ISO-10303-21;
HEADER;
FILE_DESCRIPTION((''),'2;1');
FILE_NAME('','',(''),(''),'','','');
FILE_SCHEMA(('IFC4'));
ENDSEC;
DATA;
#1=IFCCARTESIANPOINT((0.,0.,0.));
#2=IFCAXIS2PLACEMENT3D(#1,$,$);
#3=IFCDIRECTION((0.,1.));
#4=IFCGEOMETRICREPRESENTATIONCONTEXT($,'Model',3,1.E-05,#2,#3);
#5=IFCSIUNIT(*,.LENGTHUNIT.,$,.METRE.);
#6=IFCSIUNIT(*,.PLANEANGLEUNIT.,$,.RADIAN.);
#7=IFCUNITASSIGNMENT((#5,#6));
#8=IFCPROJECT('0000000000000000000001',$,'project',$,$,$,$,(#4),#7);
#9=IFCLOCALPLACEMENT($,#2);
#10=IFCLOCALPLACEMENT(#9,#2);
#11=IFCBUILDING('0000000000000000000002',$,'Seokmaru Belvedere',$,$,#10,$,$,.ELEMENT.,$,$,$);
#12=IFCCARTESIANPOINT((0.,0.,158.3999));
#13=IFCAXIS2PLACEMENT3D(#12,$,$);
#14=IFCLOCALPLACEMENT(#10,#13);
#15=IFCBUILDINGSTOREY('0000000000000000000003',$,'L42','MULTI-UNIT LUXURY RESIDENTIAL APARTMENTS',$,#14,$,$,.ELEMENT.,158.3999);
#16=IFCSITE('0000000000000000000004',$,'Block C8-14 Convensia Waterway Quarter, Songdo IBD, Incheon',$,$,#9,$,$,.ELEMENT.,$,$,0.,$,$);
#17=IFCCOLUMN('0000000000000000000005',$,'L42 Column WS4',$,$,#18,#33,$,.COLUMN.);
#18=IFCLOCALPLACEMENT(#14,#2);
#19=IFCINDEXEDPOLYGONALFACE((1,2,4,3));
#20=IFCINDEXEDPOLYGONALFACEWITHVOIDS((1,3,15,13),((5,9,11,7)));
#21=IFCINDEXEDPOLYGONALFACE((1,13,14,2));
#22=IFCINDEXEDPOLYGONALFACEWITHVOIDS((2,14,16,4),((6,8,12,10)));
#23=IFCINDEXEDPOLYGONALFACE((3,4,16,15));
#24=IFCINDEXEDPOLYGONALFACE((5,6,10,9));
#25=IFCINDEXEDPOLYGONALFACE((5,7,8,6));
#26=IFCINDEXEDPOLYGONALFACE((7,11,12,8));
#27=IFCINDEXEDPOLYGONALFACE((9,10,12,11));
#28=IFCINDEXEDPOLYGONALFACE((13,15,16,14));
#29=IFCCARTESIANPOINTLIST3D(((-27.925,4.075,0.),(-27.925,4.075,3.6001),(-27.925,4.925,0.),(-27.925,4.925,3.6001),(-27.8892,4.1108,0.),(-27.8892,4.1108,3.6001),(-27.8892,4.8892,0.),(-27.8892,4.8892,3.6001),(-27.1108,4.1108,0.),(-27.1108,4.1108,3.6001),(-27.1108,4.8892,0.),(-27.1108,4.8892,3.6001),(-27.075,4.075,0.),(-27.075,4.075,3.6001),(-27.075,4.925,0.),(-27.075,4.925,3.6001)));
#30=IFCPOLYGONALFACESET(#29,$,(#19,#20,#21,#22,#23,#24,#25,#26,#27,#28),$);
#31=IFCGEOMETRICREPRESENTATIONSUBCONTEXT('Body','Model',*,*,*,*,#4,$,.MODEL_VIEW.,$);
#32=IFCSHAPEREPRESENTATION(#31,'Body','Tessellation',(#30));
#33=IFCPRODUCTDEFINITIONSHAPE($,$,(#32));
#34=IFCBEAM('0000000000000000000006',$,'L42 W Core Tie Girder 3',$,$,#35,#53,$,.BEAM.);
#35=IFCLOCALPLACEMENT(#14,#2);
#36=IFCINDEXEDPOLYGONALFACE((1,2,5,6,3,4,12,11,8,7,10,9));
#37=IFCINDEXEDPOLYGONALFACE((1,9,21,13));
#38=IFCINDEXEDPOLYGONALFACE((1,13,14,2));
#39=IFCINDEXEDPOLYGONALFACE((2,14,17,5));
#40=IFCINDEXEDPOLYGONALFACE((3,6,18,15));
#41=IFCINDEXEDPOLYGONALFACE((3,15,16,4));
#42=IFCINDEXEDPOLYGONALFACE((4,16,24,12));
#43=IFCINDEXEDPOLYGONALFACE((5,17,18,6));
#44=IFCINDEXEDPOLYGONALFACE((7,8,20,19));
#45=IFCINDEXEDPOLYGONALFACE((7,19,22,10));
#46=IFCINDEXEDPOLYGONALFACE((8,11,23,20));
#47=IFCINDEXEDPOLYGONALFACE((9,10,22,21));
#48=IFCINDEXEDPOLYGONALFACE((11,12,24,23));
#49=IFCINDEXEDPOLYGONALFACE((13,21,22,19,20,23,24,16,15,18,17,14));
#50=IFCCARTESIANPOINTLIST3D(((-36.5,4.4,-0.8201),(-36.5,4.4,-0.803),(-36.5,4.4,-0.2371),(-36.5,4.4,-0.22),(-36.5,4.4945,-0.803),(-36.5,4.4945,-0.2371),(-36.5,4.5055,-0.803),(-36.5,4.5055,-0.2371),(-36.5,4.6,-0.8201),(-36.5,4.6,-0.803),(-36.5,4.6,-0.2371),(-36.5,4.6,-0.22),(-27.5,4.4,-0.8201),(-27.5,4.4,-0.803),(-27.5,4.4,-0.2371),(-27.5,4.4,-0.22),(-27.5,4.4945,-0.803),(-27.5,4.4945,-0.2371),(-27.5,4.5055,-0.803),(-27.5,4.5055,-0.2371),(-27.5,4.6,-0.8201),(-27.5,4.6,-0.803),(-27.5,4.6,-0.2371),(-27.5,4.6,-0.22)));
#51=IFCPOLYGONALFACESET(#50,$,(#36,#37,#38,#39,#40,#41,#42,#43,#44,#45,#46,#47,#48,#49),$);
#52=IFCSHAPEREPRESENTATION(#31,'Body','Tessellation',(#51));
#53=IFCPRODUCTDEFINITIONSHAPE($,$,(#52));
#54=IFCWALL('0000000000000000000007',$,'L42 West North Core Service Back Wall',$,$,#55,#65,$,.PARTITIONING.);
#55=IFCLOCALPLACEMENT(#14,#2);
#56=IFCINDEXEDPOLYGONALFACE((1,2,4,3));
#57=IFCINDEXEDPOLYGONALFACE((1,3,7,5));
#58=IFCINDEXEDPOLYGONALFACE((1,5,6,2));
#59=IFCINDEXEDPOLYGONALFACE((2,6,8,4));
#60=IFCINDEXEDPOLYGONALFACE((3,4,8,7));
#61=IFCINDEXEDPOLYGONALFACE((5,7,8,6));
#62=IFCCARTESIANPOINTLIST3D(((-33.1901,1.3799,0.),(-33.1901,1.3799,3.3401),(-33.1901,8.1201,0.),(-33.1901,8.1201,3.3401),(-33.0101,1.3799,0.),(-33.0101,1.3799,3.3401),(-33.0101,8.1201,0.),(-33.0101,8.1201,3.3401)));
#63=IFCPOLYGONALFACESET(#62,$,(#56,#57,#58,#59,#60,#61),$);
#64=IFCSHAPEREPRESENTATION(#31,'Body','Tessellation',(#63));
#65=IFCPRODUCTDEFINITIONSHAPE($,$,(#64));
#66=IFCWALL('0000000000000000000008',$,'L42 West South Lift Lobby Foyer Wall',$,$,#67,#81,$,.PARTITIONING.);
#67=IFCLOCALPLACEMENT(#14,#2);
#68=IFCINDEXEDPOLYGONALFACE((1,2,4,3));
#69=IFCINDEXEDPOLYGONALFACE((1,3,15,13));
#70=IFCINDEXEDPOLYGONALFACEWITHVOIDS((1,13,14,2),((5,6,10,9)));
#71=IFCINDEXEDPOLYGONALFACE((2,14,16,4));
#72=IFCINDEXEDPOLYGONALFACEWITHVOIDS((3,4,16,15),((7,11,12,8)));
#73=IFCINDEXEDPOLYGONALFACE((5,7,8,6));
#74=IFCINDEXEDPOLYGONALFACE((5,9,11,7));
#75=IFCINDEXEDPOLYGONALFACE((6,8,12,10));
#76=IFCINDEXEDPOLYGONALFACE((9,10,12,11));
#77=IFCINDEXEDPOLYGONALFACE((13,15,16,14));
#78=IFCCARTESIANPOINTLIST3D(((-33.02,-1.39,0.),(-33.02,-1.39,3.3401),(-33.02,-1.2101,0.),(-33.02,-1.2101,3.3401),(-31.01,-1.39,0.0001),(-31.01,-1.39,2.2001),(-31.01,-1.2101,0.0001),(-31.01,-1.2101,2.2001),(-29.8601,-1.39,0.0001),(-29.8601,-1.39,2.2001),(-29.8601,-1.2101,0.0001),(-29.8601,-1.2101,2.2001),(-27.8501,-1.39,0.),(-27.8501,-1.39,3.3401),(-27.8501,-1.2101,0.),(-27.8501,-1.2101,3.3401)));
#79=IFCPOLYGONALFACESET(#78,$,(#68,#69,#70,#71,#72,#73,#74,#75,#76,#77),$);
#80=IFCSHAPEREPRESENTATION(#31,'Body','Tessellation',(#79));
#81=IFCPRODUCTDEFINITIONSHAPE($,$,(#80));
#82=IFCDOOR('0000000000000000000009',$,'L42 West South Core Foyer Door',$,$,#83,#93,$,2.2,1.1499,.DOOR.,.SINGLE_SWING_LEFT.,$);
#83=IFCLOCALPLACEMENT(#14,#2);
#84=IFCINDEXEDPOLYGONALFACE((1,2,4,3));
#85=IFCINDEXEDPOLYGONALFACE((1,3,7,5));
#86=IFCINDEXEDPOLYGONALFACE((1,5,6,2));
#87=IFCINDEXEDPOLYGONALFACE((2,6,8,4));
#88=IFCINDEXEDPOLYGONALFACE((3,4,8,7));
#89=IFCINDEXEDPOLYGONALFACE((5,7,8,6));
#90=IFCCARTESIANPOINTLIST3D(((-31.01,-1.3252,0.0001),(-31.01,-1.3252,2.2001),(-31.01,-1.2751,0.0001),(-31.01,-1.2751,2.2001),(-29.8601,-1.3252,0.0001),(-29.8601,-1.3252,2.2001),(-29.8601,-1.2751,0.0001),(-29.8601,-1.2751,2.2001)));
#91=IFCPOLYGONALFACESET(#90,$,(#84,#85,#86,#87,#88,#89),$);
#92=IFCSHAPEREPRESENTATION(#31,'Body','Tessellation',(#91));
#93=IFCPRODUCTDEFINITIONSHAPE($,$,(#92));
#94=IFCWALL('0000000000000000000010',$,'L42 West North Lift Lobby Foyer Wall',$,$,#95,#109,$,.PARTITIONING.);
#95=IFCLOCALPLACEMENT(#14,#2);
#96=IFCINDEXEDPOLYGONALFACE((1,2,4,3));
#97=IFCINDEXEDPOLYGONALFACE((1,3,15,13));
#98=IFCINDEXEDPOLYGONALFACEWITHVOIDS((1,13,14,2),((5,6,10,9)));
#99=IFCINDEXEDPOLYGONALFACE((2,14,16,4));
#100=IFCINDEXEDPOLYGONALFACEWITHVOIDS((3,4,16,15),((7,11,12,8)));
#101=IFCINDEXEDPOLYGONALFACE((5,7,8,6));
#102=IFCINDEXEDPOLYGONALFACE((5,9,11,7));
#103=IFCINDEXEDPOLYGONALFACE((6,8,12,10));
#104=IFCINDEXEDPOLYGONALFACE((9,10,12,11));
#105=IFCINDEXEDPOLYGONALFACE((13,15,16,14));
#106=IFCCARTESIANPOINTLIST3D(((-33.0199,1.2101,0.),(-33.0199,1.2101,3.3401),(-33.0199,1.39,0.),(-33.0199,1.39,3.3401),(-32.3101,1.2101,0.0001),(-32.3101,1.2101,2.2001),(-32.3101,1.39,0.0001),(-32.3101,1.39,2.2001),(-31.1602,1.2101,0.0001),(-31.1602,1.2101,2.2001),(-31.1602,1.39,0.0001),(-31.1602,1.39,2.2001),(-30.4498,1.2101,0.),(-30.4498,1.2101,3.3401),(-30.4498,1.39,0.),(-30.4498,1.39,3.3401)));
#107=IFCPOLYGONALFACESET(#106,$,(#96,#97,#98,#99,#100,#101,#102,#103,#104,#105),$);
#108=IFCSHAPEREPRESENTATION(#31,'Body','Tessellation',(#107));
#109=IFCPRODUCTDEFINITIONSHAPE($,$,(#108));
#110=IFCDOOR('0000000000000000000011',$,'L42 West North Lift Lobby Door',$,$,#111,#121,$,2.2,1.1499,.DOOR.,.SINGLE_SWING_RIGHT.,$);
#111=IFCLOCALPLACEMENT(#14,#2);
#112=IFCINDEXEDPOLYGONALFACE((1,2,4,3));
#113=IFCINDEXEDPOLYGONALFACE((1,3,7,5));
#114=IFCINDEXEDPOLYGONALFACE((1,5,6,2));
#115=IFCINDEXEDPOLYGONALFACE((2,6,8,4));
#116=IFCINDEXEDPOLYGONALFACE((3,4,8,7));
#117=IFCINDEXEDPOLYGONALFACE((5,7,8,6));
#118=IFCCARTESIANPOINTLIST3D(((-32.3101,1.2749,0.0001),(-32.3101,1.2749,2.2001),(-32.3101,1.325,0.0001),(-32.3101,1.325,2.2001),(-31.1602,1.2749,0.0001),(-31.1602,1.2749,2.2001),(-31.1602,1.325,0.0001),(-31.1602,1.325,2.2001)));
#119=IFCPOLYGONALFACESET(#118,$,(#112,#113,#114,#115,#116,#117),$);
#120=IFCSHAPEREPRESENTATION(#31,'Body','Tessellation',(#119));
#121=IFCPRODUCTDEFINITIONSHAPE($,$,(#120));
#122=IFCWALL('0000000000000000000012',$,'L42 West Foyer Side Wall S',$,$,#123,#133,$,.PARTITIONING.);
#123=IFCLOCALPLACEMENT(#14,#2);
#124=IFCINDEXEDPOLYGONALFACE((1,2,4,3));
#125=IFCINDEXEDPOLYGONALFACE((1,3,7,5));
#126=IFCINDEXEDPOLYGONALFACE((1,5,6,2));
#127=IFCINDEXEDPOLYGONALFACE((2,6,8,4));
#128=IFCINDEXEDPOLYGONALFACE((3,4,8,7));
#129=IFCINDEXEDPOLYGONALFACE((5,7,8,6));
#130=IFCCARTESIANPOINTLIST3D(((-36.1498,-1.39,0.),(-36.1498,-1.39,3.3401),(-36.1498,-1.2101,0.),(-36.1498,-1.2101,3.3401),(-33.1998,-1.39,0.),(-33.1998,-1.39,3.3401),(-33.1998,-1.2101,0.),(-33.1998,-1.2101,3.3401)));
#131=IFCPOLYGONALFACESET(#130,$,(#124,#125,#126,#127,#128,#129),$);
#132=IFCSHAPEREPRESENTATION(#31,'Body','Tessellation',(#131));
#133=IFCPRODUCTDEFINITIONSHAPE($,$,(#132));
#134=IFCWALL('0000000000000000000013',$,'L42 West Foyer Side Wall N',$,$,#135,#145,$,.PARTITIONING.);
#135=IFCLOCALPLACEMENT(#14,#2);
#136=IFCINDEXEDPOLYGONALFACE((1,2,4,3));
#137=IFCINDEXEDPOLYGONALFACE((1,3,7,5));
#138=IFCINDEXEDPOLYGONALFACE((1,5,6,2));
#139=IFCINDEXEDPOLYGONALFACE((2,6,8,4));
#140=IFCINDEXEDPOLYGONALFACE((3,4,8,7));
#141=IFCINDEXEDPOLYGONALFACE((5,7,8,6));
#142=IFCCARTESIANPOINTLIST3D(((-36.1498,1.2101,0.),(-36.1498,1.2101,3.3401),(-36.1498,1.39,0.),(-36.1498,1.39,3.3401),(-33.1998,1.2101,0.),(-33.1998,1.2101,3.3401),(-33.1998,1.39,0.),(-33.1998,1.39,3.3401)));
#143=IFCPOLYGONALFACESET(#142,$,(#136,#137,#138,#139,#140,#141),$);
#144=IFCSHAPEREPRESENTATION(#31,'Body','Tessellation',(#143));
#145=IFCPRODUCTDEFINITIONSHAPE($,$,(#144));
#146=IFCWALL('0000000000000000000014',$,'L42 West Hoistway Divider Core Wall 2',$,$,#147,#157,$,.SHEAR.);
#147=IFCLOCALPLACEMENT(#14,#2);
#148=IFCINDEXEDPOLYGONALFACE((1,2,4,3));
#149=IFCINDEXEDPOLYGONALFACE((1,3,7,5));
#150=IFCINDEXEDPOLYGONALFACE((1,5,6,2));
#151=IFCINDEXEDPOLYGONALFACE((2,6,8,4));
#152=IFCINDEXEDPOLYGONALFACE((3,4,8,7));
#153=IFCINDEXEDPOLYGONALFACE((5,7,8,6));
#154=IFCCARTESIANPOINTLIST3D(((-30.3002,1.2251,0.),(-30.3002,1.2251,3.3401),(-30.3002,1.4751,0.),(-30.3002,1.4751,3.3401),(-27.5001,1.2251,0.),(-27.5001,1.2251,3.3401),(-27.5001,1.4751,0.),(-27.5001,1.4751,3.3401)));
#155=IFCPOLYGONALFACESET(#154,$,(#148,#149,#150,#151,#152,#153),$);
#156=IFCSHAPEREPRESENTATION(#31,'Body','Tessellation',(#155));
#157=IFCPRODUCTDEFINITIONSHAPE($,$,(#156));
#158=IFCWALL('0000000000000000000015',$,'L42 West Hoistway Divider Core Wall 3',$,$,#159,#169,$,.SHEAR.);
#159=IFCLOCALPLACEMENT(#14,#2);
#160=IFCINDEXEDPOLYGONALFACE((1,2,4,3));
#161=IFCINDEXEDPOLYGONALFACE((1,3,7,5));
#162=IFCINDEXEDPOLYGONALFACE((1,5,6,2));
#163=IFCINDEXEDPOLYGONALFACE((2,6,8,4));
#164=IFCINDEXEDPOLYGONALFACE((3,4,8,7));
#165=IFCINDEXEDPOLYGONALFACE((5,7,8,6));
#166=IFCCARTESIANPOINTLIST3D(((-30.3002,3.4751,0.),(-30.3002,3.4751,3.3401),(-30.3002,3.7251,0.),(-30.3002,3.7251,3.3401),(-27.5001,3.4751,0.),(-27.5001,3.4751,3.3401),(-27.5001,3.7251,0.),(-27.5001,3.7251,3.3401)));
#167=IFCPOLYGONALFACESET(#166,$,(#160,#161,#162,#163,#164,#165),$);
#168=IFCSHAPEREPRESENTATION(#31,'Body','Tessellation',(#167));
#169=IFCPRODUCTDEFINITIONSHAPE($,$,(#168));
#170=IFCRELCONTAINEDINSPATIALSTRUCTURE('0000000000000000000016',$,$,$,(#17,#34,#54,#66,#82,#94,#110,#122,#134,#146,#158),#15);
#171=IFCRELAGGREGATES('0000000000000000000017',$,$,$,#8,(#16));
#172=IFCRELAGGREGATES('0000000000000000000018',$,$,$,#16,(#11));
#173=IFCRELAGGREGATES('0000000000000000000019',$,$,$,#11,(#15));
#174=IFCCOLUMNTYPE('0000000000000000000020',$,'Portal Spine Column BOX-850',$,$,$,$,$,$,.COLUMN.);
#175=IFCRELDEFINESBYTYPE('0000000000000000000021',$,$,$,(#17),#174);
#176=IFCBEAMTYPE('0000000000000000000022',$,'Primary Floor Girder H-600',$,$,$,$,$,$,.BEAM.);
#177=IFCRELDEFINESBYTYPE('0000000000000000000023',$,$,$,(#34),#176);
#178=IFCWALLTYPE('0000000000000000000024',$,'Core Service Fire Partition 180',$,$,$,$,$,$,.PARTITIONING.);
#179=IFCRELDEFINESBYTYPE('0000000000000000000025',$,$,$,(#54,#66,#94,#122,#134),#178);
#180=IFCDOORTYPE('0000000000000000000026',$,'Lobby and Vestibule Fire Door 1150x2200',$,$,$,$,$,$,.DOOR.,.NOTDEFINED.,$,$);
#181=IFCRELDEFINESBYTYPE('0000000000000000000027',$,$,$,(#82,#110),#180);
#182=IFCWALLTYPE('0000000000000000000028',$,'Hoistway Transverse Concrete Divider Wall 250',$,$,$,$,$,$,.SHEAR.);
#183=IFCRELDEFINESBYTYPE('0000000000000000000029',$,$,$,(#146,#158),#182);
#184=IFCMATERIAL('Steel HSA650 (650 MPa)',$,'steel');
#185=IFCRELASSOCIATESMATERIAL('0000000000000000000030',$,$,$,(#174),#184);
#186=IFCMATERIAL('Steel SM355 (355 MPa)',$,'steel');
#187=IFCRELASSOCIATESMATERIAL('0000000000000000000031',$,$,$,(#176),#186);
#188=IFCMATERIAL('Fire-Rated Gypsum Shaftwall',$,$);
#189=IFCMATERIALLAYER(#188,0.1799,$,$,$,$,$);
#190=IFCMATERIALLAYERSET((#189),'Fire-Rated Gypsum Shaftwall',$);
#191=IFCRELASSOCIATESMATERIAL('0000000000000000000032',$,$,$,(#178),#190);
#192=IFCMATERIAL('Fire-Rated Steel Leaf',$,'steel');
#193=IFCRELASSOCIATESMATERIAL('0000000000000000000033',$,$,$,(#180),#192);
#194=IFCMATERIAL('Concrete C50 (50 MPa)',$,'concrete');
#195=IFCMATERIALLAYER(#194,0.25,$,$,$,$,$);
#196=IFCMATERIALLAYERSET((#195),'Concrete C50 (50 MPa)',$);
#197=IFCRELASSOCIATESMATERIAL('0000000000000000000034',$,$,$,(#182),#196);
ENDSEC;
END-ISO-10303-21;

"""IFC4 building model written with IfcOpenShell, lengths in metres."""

from ifc_helpers import new_model, si_unit, direction, frame, frame_2d, origin, origin_2d, place, context, subcontext, project, spatial, rectangle, hollow_rectangle, i_section, extrude, source, transform, mapped, material, layer, layer_set, material_profile, profile_set, type_object, type_shapes, element, fill, save


model = new_model("IFC4")

# Units and contexts
model_context = context("Model", 3, precision=1e-05, world=origin(), true_north=direction((0.0, 1.0)))
body_context = subcontext(model_context, "Body", "Model", "MODEL_VIEW")
ifc_project = project(units=[si_unit("LENGTHUNIT", "METRE"), si_unit("PLANEANGLEUNIT", "RADIAN")], contexts=[model_context])

# Site, building, storey
site_placement = place(None, origin())
site = spatial("IfcSite", under=ifc_project, at=site_placement, Name="Block C8-14 Convensia Waterway Quarter, Songdo IBD, Incheon", CompositionType="ELEMENT", RefElevation=0.0)
building_placement = place(site_placement, origin())
building = spatial("IfcBuilding", under=site, at=building_placement, Name="Seokmaru Belvedere", CompositionType="ELEMENT")
storey_placement = place(building_placement, frame((0.0, 0.0, 158.3999)))
storey = spatial("IfcBuildingStorey", under=building, at=storey_placement, Name="L42", Description="MULTI-UNIT LUXURY RESIDENTIAL APARTMENTS", CompositionType="ELEMENT", Elevation=158.3999)

# Column
ifc_material_1 = material(Name="Steel HSA650 (650 MPa)", Category="steel")
ifc_material_profile_1 = material_profile(ifc_material_1, hollow_rectangle(XDim=0.8501, YDim=0.8501, WallThickness=0.0359, at=origin_2d()), Name="BOX-850x850x36")
ifc_profile_set_1 = profile_set([ifc_material_profile_1], Name="Steel HSA650 (650 MPa)")
column_type = type_object("IfcColumnType", Name="Portal Spine Column BOX-850", PredefinedType="COLUMN", material=ifc_profile_set_1)
shared_shape_1 = source(origin(), body_context, "Body", "SweptSolid", [
    extrude(hollow_rectangle(XDim=0.8501, YDim=0.8501, WallThickness=0.0359, at=origin_2d()), origin(), (0.0, 0.0, 1.0), 3.6001),
])
type_shapes(column_type, [shared_shape_1])
column_placement = place(storey_placement, frame((-27.5, 4.5, 0.0), z_axis=(0.0, 0.0, 1.0), x_axis=(1.0, 0.0, 0.0)))
element("IfcColumn", 1, at=column_placement, inside=storey, type_object=column_type, Name="L42 Column WS4", PredefinedType="COLUMN", context=body_context, shape_type="MappedRepresentation", body=[
    mapped(shared_shape_1, transform((0.0, 0.0, 0.0), scale=1.0)),
])

# Beam
ifc_material_2 = material(Name="Steel SM355 (355 MPa)", Category="steel")
ifc_material_profile_2 = material_profile(ifc_material_2, i_section(OverallWidth=0.2, OverallDepth=0.6001, WebThickness=0.011, FlangeThickness=0.0171, at=origin_2d()), Name="H-600x200x11x17")
ifc_profile_set_2 = profile_set([ifc_material_profile_2], Name="Steel SM355 (355 MPa)")
beam_type = type_object("IfcBeamType", Name="Primary Floor Girder H-600", PredefinedType="BEAM", material=ifc_profile_set_2)
shared_shape_2 = source(origin(), body_context, "Body", "SweptSolid", [
    extrude(i_section(OverallWidth=0.2, OverallDepth=0.6001, WebThickness=0.011, FlangeThickness=0.0171, at=origin_2d()), origin(), (0.0, 0.0, 1.0), 9.0),
])
type_shapes(beam_type, [shared_shape_2])
beam_placement = place(storey_placement, frame((-36.5, 4.5, -0.52), z_axis=(1.0, 0.0, 0.0), x_axis=(0.0, 1.0, 0.0)))
element("IfcBeam", 2, at=beam_placement, inside=storey, type_object=beam_type, Name="L42 W Core Tie Girder 3", PredefinedType="BEAM", context=body_context, shape_type="MappedRepresentation", body=[
    mapped(shared_shape_2, transform((0.0, 0.0, 0.0), scale=1.0)),
])

# Wall
ifc_material_3 = material(Name="Fire-Rated Gypsum Shaftwall")
ifc_layer_1 = layer(ifc_material_3, 0.1799)
ifc_layer_set_1 = layer_set([ifc_layer_1], Name="Fire-Rated Gypsum Shaftwall")
wall_type_1 = type_object("IfcWallType", Name="Core Service Fire Partition 180", PredefinedType="PARTITIONING", material=ifc_layer_set_1)
wall_1_placement = place(storey_placement, frame((-33.1001, 1.3799, 0.0), z_axis=(0.0, 0.0, 1.0), x_axis=(0.0, 1.0, 0.0)))
element("IfcWall", 3, at=wall_1_placement, inside=storey, type_object=wall_type_1, Name="L42 West North Core Service Back Wall", PredefinedType="PARTITIONING", context=body_context, shape_type="SweptSolid", body=[
    extrude(rectangle(XDim=6.7402, YDim=0.1799, at=frame_2d((3.3701, 0.0))), origin(), (0.0, 0.0, 1.0), 3.3401),
])

# Walls, openings, doors
wall_2_placement = place(storey_placement, frame((-33.02, -1.3, 0.0), z_axis=(0.0, 0.0, 1.0), x_axis=(1.0, 0.0, 0.0)))
wall_2 = element("IfcWall", 4, at=wall_2_placement, inside=storey, type_object=wall_type_1, Name="L42 West South Lift Lobby Foyer Wall", PredefinedType="PARTITIONING", context=body_context, shape_type="SweptSolid", body=[
    extrude(rectangle(XDim=5.1699, YDim=0.1799, at=frame_2d((2.585, 0.0))), origin(), (0.0, 0.0, 1.0), 3.3401),
])
opening_1_placement = place(wall_2_placement, frame((2.01, 0.0, 0.0)))
opening_1 = element("IfcOpeningElement", 5, at=opening_1_placement, cuts=wall_2, PredefinedType="OPENING", context=body_context, shape_type="SweptSolid", body=[
    extrude(rectangle(XDim=1.1499, YDim=2.2, at=frame_2d((0.575, 1.1001))), frame((0.0, 0.1001, 0.0), z_axis=(0.0, -1.0, 0.0), x_axis=(1.0, 0.0, 0.0)), (0.0, 0.0, 1.0), 0.2),
])
ifc_material_4 = material(Name="Fire-Rated Steel Leaf", Category="steel")
door_type_1 = type_object("IfcDoorType", Name="Lobby and Vestibule Fire Door 1150x2200", OperationType="NOTDEFINED", PredefinedType="DOOR", material=ifc_material_4)
shared_shape_3 = source(origin(), body_context, "Body", "SweptSolid", [
    extrude(rectangle(XDim=1.1499, YDim=2.2, at=frame_2d((0.575, 1.1001))), frame((0.0, 0.0249, 0.0), z_axis=(0.0, -1.0, 0.0), x_axis=(1.0, 0.0, 0.0)), (0.0, 0.0, 1.0), 0.05),
])
type_shapes(door_type_1, [shared_shape_3])
door_1_placement = place(opening_1_placement, origin())
door_1 = element("IfcDoor", 6, at=door_1_placement, inside=storey, type_object=door_type_1, Name="L42 West South Core Foyer Door", OperationType="SINGLE_SWING_LEFT", OverallHeight=2.2, OverallWidth=1.1499, PredefinedType="DOOR", context=body_context, shape_type="MappedRepresentation", body=[
    mapped(shared_shape_3, transform((0.0, 0.0, 0.0), scale=1.0)),
])
fill(opening_1, door_1)
wall_3_placement = place(storey_placement, frame((-33.02, 1.3, 0.0), z_axis=(0.0, 0.0, 1.0), x_axis=(1.0, 0.0, 0.0)))
wall_3 = element("IfcWall", 7, at=wall_3_placement, inside=storey, type_object=wall_type_1, Name="L42 West North Lift Lobby Foyer Wall", PredefinedType="PARTITIONING", context=body_context, shape_type="SweptSolid", body=[
    extrude(rectangle(XDim=2.5701, YDim=0.1799, at=frame_2d((1.2852, 0.0))), origin(), (0.0, 0.0, 1.0), 3.3401),
])
opening_2_placement = place(wall_3_placement, frame((0.71, 0.0, 0.0)))
opening_2 = element("IfcOpeningElement", 8, at=opening_2_placement, cuts=wall_3, PredefinedType="OPENING", context=body_context, shape_type="SweptSolid", body=[
    extrude(rectangle(XDim=1.1499, YDim=2.2, at=frame_2d((0.575, 1.1001))), frame((0.0, 0.1001, 0.0), z_axis=(0.0, -1.0, 0.0), x_axis=(1.0, 0.0, 0.0)), (0.0, 0.0, 1.0), 0.2),
])
door_2_placement = place(opening_2_placement, origin())
door_2 = element("IfcDoor", 9, at=door_2_placement, inside=storey, type_object=door_type_1, Name="L42 West North Lift Lobby Door", OperationType="SINGLE_SWING_RIGHT", OverallHeight=2.2, OverallWidth=1.1499, PredefinedType="DOOR", context=body_context, shape_type="MappedRepresentation", body=[
    mapped(shared_shape_3, transform((0.0, 0.0, 0.0), scale=1.0)),
])
fill(opening_2, door_2)

# Walls
for number, where, z_axis, x_axis, name in (
    (10, (-36.1499, -1.3, 0.0), (0.0, 0.0, 1.0), (1.0, 0.0, 0.0), "L42 West Foyer Side Wall S"),
    (11, (-36.1499, 1.3, 0.0), (0.0, 0.0, 1.0), (1.0, 0.0, 0.0), "L42 West Foyer Side Wall N"),
):
    element("IfcWall", number, at=place(storey_placement, frame(where, z_axis=z_axis, x_axis=x_axis)), inside=storey, type_object=wall_type_1, Name=name, PredefinedType="PARTITIONING", context=body_context, shape_type="SweptSolid", body=[
        extrude(rectangle(XDim=2.95, YDim=0.1799, at=frame_2d((1.4751, 0.0))), origin(), (0.0, 0.0, 1.0), 3.3401),
    ])
ifc_material_5 = material(Name="Concrete C50 (50 MPa)", Category="concrete")
ifc_layer_2 = layer(ifc_material_5, 0.25)
ifc_layer_set_2 = layer_set([ifc_layer_2], Name="Concrete C50 (50 MPa)")
wall_type_2 = type_object("IfcWallType", Name="Hoistway Transverse Concrete Divider Wall 250", PredefinedType="SHEAR", material=ifc_layer_set_2)
for number, where, z_axis, x_axis, name in (
    (12, (-30.3, 1.3501, 0.0), (0.0, 0.0, 1.0), (1.0, 0.0, 0.0), "L42 West Hoistway Divider Core Wall 2"),
    (13, (-30.3, 3.6001, 0.0), (0.0, 0.0, 1.0), (1.0, 0.0, 0.0), "L42 West Hoistway Divider Core Wall 3"),
):
    element("IfcWall", number, at=place(storey_placement, frame(where, z_axis=z_axis, x_axis=x_axis)), inside=storey, type_object=wall_type_2, Name=name, PredefinedType="SHEAR", context=body_context, shape_type="SweptSolid", body=[
        extrude(rectangle(XDim=2.8, YDim=0.25, at=frame_2d((1.3999, 0.0))), origin(), (0.0, 0.0, 1.0), 3.3401),
    ])

save(model, "model.ifc")
